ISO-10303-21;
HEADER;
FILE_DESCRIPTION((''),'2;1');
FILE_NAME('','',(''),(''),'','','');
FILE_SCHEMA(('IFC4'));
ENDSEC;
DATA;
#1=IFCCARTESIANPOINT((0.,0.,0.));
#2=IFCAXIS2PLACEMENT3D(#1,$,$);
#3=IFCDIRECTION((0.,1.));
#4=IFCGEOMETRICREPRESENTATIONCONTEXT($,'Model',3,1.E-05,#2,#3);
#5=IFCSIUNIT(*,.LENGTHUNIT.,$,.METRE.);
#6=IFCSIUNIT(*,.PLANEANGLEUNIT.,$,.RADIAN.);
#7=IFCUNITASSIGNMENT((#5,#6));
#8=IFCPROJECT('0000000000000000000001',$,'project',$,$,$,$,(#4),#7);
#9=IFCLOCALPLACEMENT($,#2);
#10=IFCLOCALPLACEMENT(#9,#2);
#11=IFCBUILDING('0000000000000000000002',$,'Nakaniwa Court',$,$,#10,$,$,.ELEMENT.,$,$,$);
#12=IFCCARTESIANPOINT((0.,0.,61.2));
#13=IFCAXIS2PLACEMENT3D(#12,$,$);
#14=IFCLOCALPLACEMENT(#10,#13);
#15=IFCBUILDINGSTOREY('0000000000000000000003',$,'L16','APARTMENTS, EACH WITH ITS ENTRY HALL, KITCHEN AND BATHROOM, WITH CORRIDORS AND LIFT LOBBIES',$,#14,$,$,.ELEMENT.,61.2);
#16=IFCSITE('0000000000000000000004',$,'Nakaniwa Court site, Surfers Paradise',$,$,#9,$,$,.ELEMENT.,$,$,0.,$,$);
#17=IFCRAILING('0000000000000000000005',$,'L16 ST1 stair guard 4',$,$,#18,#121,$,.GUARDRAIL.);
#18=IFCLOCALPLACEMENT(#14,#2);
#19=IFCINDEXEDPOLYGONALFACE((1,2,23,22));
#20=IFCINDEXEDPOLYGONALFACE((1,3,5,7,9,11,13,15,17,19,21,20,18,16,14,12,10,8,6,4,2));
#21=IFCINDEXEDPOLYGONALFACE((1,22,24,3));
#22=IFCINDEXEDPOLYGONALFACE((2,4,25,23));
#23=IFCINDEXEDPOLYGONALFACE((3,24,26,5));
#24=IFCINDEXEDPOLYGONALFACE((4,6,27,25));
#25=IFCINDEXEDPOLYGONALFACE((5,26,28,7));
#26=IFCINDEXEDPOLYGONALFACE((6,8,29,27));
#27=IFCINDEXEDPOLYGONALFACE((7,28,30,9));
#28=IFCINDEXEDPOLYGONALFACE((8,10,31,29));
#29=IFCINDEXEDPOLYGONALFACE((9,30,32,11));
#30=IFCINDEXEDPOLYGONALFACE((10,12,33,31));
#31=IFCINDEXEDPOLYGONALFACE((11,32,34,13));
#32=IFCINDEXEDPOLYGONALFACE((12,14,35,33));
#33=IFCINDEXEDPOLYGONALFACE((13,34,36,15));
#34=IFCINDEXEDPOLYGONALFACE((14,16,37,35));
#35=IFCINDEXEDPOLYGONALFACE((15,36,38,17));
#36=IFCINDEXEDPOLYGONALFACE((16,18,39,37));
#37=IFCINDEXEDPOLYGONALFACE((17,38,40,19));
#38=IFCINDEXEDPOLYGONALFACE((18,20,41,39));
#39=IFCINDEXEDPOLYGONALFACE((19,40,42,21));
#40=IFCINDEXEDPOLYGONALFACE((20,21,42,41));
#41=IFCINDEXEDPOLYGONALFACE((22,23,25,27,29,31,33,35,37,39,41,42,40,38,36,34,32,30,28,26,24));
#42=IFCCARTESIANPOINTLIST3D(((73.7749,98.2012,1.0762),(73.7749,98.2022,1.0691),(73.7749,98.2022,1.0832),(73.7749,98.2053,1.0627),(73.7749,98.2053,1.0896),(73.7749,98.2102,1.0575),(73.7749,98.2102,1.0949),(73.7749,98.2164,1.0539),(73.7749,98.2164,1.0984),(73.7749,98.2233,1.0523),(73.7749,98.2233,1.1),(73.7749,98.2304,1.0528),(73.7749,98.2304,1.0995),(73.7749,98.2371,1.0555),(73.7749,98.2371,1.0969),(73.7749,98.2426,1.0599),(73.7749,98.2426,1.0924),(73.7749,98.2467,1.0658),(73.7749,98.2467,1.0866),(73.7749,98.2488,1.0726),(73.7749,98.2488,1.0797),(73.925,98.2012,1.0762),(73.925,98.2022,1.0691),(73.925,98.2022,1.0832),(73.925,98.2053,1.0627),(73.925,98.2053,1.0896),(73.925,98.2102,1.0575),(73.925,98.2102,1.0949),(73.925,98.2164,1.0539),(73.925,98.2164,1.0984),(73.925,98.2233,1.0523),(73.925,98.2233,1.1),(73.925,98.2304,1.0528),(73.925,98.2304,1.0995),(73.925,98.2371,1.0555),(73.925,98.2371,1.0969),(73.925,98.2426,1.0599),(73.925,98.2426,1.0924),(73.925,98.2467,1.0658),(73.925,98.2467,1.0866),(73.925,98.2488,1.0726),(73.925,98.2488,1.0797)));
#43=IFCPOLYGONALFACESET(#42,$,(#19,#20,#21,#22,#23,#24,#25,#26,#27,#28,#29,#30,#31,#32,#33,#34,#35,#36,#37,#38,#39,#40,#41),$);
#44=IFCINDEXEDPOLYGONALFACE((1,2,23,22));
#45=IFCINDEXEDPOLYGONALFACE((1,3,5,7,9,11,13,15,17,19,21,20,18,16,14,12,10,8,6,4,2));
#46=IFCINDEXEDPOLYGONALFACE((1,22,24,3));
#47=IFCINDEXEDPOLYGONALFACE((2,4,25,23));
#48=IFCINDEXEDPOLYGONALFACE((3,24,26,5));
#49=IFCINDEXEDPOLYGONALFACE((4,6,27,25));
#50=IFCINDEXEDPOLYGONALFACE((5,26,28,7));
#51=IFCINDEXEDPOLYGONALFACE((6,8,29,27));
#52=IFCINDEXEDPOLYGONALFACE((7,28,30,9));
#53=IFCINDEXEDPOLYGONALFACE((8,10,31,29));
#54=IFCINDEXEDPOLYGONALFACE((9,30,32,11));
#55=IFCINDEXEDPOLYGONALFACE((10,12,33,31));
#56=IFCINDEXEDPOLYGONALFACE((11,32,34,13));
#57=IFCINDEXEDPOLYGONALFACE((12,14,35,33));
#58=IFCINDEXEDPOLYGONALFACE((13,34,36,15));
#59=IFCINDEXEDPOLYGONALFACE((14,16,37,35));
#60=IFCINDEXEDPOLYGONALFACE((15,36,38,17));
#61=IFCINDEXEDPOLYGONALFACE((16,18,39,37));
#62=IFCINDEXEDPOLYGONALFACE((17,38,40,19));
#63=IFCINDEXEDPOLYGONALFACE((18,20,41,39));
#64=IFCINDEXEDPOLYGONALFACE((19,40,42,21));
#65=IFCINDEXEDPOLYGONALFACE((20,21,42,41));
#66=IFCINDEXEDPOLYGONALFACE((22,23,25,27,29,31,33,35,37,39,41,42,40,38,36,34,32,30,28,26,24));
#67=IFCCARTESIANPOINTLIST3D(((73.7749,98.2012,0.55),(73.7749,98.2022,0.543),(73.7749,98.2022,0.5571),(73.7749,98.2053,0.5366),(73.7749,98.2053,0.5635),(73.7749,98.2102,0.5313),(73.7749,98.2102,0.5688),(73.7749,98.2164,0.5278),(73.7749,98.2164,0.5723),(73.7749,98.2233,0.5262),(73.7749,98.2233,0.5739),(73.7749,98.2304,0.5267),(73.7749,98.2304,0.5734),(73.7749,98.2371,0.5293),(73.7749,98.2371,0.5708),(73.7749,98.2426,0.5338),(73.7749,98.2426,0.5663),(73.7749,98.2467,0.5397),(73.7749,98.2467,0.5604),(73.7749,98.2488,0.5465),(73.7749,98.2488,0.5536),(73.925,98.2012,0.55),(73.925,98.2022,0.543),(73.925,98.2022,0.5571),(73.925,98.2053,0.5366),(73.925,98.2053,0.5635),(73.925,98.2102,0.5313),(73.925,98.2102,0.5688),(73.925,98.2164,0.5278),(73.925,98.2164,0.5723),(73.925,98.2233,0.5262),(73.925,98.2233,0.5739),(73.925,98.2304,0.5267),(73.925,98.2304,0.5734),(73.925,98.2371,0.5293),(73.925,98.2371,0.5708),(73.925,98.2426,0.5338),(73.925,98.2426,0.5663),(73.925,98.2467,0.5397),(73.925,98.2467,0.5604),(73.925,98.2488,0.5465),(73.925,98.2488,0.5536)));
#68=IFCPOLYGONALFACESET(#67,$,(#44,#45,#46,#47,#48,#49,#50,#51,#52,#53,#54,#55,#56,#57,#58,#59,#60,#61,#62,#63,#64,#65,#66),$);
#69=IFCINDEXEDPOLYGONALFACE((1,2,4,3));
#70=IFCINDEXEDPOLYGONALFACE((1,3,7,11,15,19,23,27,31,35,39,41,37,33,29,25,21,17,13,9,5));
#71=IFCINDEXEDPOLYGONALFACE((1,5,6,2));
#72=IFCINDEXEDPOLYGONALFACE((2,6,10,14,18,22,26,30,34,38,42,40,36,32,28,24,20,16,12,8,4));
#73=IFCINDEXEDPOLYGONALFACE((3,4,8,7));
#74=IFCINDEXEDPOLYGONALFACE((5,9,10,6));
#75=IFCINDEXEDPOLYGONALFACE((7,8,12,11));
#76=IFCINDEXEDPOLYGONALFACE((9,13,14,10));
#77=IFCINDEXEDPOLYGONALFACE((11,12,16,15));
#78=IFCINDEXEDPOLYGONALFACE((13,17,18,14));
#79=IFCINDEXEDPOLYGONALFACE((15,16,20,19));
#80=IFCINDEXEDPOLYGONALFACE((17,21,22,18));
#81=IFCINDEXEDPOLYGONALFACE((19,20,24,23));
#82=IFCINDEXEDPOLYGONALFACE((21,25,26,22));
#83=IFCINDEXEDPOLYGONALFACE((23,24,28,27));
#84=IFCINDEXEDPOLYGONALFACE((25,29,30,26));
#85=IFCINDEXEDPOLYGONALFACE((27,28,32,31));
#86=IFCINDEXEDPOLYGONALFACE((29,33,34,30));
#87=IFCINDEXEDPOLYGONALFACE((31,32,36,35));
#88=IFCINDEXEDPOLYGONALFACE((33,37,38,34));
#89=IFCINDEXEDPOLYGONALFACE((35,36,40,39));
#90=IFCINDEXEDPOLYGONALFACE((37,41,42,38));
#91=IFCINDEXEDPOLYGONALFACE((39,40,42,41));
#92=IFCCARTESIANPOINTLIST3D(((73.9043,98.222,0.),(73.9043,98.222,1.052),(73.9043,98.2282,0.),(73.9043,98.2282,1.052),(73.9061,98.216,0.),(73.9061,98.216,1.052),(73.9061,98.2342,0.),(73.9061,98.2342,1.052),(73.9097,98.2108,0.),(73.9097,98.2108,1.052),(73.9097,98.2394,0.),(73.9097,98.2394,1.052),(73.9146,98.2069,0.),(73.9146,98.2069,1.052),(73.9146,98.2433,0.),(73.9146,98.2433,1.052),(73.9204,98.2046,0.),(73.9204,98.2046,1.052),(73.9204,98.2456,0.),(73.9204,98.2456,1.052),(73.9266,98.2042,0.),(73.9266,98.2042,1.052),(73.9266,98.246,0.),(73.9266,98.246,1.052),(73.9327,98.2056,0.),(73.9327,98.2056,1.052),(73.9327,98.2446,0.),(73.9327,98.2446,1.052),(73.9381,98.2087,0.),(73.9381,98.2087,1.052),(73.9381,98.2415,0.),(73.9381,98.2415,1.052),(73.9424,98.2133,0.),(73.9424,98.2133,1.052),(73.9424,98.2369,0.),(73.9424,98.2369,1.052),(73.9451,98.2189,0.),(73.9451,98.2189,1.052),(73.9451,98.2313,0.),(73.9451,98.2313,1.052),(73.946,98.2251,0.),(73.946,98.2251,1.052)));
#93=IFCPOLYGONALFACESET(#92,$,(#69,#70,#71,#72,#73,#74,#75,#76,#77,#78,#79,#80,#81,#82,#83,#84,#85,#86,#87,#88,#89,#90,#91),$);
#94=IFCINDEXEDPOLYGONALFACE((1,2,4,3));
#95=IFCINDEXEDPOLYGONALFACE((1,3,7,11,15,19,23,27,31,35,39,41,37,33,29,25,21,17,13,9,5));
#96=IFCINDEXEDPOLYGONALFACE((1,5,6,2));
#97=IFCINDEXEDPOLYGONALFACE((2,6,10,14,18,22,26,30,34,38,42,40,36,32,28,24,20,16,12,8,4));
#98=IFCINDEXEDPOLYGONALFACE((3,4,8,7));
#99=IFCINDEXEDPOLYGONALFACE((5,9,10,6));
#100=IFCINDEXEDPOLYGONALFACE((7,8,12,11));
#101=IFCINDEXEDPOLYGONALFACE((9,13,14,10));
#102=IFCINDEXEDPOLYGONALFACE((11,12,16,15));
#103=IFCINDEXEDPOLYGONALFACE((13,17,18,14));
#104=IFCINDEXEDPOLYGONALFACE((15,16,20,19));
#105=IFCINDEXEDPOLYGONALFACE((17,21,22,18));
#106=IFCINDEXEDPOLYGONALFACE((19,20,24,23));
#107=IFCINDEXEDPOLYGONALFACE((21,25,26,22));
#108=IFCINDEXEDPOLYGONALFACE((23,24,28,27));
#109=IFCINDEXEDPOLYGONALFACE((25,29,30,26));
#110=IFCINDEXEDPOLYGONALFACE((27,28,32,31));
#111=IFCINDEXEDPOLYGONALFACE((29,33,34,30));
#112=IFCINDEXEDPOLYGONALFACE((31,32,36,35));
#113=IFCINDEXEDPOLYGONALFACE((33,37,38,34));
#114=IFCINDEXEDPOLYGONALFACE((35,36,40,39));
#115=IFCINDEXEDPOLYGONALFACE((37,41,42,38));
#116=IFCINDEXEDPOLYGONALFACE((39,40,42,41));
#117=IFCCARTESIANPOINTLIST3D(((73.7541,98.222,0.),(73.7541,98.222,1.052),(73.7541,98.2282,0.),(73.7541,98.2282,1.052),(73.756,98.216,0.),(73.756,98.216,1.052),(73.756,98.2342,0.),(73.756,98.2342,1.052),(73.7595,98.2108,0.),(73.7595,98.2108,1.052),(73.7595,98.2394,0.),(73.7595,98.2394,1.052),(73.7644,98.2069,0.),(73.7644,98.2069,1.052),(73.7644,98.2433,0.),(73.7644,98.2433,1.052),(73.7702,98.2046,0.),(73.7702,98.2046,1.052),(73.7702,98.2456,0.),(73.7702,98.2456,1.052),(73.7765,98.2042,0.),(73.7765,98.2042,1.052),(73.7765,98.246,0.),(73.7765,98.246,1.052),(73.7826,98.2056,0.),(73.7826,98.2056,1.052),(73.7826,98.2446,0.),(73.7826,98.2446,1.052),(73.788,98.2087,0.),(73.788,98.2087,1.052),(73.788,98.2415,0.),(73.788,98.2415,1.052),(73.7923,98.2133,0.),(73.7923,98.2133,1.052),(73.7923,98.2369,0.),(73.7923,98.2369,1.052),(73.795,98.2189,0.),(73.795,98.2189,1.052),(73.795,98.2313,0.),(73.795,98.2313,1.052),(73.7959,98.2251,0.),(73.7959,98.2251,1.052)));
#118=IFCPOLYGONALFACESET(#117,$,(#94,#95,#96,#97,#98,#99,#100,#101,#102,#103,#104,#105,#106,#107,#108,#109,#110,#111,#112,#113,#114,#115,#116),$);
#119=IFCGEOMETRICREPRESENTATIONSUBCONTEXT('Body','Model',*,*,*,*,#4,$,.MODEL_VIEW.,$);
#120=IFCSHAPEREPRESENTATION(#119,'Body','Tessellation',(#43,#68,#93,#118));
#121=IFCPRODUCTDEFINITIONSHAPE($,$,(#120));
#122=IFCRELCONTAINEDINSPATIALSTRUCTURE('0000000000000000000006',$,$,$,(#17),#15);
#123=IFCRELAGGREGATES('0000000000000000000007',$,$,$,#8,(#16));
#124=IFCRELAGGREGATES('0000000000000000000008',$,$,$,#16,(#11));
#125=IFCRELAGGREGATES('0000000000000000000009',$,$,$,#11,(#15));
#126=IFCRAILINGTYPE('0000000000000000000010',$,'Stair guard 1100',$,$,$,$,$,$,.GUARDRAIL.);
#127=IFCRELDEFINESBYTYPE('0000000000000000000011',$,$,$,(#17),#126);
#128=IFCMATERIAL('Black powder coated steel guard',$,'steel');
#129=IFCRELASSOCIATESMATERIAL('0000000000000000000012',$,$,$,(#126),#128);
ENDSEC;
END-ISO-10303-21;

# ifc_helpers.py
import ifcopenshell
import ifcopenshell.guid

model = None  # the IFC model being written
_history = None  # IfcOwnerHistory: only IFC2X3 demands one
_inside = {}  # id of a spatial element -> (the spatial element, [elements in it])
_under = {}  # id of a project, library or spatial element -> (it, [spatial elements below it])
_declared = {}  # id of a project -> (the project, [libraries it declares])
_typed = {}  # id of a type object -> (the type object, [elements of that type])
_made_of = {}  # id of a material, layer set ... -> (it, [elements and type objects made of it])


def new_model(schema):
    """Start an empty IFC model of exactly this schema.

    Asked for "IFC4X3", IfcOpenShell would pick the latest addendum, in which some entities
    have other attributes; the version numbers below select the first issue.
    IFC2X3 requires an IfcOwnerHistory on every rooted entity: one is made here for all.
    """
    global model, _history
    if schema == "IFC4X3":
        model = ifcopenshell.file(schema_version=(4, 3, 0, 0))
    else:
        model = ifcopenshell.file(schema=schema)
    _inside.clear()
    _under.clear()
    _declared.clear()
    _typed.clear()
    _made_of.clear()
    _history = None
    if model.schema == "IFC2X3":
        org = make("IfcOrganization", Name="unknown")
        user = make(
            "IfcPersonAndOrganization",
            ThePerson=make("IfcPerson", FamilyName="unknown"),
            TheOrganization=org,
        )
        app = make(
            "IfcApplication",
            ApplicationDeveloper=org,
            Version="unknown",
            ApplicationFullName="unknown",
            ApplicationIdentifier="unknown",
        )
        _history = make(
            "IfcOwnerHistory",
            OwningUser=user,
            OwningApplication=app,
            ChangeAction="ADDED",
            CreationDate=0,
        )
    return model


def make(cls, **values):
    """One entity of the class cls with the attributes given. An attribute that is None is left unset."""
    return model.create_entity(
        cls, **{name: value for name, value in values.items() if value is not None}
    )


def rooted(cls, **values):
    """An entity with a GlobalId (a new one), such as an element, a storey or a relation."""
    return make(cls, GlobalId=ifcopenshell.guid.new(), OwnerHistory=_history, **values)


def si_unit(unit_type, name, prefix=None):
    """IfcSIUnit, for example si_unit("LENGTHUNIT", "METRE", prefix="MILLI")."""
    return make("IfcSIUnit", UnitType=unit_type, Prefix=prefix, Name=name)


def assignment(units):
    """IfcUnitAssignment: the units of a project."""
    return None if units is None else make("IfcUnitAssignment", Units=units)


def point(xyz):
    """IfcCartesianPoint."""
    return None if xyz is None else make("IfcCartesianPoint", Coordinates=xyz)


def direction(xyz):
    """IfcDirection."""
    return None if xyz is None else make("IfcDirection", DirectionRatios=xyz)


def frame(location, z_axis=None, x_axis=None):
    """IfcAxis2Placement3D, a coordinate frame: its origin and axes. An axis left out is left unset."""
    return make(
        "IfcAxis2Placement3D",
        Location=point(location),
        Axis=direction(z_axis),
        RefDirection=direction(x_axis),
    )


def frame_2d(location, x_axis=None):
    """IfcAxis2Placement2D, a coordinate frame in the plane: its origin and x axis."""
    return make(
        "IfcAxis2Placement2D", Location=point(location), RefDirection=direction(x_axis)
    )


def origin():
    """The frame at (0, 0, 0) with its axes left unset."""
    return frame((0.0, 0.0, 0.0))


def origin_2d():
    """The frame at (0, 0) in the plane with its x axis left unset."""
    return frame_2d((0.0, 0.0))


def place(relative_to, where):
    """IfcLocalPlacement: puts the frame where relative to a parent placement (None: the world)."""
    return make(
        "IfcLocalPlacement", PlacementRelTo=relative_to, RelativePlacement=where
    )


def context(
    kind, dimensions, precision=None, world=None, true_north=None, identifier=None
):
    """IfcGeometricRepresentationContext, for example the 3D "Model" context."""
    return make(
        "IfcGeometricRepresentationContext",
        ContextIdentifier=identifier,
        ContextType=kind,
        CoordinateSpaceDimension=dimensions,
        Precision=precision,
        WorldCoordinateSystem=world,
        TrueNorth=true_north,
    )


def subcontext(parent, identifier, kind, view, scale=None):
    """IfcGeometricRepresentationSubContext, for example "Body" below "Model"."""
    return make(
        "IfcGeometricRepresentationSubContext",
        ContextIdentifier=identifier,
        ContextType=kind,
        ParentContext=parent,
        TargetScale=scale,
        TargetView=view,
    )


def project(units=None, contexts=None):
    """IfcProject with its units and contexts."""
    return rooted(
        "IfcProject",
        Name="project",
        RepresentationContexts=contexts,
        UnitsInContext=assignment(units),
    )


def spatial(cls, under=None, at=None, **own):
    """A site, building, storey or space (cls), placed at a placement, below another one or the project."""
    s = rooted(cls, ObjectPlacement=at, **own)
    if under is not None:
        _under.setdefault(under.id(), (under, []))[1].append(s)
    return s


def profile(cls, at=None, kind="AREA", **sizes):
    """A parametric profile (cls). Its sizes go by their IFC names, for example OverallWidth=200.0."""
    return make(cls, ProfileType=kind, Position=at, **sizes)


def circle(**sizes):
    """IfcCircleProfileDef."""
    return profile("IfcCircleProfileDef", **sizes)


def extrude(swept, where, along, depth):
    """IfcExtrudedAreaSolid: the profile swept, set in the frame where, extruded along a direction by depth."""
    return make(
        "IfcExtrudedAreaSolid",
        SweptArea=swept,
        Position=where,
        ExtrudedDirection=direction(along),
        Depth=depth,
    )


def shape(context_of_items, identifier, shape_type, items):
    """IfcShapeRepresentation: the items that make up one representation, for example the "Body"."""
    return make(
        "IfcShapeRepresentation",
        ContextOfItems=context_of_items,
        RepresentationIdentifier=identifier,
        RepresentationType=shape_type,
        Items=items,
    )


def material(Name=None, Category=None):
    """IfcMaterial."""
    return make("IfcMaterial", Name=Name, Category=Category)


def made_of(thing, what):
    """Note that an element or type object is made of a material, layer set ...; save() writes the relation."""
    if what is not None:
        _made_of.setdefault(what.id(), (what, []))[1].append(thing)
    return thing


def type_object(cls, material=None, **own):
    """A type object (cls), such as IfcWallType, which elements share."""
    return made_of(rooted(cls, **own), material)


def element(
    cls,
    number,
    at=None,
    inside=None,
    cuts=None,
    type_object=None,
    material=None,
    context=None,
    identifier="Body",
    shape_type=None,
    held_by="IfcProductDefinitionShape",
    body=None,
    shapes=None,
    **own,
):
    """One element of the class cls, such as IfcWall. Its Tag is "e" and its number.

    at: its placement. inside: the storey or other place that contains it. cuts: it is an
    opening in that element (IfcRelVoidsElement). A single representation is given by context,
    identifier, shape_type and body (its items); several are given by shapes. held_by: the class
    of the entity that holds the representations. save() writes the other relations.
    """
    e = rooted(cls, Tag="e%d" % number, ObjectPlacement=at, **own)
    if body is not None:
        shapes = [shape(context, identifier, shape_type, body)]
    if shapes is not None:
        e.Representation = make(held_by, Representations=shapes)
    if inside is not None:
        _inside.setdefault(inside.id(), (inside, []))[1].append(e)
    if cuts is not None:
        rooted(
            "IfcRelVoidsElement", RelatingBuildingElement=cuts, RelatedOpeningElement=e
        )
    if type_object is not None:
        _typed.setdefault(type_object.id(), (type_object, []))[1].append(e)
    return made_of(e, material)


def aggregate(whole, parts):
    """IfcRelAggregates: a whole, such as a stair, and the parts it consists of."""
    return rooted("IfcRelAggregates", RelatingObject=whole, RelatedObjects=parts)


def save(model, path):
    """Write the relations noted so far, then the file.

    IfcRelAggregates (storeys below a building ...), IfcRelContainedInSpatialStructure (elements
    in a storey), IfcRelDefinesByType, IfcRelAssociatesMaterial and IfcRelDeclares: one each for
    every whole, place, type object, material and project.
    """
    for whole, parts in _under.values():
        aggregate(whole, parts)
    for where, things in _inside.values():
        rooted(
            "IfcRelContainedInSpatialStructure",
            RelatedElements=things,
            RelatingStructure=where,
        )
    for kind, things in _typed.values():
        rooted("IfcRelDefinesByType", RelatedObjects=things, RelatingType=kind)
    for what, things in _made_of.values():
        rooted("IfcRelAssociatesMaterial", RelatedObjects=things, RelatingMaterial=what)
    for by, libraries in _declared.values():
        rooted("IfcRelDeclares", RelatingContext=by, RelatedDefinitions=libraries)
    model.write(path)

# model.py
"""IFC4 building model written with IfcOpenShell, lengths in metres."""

from ifc_helpers import new_model, si_unit, direction, frame, origin, origin_2d, place, context, subcontext, project, spatial, circle, extrude, material, type_object, element, save


model = new_model("IFC4")

# Units and contexts
model_context = context("Model", 3, precision=1e-05, world=origin(), true_north=direction((0.0, 1.0)))
body_context = subcontext(model_context, "Body", "Model", "MODEL_VIEW")
ifc_project = project(units=[si_unit("LENGTHUNIT", "METRE"), si_unit("PLANEANGLEUNIT", "RADIAN")], contexts=[model_context])

# Site, building, storey
site_placement = place(None, origin())
site = spatial("IfcSite", under=ifc_project, at=site_placement, Name="Nakaniwa Court site, Surfers Paradise", CompositionType="ELEMENT", RefElevation=0.0)
building_placement = place(site_placement, origin())
building = spatial("IfcBuilding", under=site, at=building_placement, Name="Nakaniwa Court", CompositionType="ELEMENT")
storey_placement = place(building_placement, frame((0.0, 0.0, 61.2)))
storey = spatial("IfcBuildingStorey", under=building, at=storey_placement, Name="L16", Description="APARTMENTS, EACH WITH ITS ENTRY HALL, KITCHEN AND BATHROOM, WITH CORRIDORS AND LIFT LOBBIES", CompositionType="ELEMENT", Elevation=61.2)

# Railing
ifc_material_1 = material(Name="Black powder coated steel guard", Category="steel")
railing_type_1 = type_object("IfcRailingType", Name="Stair guard 1100", PredefinedType="GUARDRAIL", material=ifc_material_1)
railing_1_placement = place(storey_placement, frame((73.925, 98.2251, 0.0)))
element("IfcRailing", 1, at=railing_1_placement, inside=storey, type_object=railing_type_1, Name="L16 ST1 stair guard 4", PredefinedType="GUARDRAIL", context=body_context, shape_type="SweptSolid", body=[
    extrude(circle(Radius=0.0239, at=origin_2d()), frame((0.0, 0.0, 1.0762), z_axis=(-1.0, 0.0, 0.0), x_axis=(0.0, -1.0, 0.0)), (0.0, 0.0, 1.0), 0.1501),
    extrude(circle(Radius=0.0239, at=origin_2d()), frame((0.0, 0.0, 0.55), z_axis=(-1.0, 0.0, 0.0), x_axis=(0.0, -1.0, 0.0)), (0.0, 0.0, 1.0), 0.1501),
    extrude(circle(Radius=0.021, at=origin_2d()), origin(), (0.0, 0.0, 1.0), 1.052),
    extrude(circle(Radius=0.021, at=origin_2d()), frame((-0.1501, 0.0, 0.0)), (0.0, 0.0, 1.0), 1.052),
])

save(model, "model.ifc")
